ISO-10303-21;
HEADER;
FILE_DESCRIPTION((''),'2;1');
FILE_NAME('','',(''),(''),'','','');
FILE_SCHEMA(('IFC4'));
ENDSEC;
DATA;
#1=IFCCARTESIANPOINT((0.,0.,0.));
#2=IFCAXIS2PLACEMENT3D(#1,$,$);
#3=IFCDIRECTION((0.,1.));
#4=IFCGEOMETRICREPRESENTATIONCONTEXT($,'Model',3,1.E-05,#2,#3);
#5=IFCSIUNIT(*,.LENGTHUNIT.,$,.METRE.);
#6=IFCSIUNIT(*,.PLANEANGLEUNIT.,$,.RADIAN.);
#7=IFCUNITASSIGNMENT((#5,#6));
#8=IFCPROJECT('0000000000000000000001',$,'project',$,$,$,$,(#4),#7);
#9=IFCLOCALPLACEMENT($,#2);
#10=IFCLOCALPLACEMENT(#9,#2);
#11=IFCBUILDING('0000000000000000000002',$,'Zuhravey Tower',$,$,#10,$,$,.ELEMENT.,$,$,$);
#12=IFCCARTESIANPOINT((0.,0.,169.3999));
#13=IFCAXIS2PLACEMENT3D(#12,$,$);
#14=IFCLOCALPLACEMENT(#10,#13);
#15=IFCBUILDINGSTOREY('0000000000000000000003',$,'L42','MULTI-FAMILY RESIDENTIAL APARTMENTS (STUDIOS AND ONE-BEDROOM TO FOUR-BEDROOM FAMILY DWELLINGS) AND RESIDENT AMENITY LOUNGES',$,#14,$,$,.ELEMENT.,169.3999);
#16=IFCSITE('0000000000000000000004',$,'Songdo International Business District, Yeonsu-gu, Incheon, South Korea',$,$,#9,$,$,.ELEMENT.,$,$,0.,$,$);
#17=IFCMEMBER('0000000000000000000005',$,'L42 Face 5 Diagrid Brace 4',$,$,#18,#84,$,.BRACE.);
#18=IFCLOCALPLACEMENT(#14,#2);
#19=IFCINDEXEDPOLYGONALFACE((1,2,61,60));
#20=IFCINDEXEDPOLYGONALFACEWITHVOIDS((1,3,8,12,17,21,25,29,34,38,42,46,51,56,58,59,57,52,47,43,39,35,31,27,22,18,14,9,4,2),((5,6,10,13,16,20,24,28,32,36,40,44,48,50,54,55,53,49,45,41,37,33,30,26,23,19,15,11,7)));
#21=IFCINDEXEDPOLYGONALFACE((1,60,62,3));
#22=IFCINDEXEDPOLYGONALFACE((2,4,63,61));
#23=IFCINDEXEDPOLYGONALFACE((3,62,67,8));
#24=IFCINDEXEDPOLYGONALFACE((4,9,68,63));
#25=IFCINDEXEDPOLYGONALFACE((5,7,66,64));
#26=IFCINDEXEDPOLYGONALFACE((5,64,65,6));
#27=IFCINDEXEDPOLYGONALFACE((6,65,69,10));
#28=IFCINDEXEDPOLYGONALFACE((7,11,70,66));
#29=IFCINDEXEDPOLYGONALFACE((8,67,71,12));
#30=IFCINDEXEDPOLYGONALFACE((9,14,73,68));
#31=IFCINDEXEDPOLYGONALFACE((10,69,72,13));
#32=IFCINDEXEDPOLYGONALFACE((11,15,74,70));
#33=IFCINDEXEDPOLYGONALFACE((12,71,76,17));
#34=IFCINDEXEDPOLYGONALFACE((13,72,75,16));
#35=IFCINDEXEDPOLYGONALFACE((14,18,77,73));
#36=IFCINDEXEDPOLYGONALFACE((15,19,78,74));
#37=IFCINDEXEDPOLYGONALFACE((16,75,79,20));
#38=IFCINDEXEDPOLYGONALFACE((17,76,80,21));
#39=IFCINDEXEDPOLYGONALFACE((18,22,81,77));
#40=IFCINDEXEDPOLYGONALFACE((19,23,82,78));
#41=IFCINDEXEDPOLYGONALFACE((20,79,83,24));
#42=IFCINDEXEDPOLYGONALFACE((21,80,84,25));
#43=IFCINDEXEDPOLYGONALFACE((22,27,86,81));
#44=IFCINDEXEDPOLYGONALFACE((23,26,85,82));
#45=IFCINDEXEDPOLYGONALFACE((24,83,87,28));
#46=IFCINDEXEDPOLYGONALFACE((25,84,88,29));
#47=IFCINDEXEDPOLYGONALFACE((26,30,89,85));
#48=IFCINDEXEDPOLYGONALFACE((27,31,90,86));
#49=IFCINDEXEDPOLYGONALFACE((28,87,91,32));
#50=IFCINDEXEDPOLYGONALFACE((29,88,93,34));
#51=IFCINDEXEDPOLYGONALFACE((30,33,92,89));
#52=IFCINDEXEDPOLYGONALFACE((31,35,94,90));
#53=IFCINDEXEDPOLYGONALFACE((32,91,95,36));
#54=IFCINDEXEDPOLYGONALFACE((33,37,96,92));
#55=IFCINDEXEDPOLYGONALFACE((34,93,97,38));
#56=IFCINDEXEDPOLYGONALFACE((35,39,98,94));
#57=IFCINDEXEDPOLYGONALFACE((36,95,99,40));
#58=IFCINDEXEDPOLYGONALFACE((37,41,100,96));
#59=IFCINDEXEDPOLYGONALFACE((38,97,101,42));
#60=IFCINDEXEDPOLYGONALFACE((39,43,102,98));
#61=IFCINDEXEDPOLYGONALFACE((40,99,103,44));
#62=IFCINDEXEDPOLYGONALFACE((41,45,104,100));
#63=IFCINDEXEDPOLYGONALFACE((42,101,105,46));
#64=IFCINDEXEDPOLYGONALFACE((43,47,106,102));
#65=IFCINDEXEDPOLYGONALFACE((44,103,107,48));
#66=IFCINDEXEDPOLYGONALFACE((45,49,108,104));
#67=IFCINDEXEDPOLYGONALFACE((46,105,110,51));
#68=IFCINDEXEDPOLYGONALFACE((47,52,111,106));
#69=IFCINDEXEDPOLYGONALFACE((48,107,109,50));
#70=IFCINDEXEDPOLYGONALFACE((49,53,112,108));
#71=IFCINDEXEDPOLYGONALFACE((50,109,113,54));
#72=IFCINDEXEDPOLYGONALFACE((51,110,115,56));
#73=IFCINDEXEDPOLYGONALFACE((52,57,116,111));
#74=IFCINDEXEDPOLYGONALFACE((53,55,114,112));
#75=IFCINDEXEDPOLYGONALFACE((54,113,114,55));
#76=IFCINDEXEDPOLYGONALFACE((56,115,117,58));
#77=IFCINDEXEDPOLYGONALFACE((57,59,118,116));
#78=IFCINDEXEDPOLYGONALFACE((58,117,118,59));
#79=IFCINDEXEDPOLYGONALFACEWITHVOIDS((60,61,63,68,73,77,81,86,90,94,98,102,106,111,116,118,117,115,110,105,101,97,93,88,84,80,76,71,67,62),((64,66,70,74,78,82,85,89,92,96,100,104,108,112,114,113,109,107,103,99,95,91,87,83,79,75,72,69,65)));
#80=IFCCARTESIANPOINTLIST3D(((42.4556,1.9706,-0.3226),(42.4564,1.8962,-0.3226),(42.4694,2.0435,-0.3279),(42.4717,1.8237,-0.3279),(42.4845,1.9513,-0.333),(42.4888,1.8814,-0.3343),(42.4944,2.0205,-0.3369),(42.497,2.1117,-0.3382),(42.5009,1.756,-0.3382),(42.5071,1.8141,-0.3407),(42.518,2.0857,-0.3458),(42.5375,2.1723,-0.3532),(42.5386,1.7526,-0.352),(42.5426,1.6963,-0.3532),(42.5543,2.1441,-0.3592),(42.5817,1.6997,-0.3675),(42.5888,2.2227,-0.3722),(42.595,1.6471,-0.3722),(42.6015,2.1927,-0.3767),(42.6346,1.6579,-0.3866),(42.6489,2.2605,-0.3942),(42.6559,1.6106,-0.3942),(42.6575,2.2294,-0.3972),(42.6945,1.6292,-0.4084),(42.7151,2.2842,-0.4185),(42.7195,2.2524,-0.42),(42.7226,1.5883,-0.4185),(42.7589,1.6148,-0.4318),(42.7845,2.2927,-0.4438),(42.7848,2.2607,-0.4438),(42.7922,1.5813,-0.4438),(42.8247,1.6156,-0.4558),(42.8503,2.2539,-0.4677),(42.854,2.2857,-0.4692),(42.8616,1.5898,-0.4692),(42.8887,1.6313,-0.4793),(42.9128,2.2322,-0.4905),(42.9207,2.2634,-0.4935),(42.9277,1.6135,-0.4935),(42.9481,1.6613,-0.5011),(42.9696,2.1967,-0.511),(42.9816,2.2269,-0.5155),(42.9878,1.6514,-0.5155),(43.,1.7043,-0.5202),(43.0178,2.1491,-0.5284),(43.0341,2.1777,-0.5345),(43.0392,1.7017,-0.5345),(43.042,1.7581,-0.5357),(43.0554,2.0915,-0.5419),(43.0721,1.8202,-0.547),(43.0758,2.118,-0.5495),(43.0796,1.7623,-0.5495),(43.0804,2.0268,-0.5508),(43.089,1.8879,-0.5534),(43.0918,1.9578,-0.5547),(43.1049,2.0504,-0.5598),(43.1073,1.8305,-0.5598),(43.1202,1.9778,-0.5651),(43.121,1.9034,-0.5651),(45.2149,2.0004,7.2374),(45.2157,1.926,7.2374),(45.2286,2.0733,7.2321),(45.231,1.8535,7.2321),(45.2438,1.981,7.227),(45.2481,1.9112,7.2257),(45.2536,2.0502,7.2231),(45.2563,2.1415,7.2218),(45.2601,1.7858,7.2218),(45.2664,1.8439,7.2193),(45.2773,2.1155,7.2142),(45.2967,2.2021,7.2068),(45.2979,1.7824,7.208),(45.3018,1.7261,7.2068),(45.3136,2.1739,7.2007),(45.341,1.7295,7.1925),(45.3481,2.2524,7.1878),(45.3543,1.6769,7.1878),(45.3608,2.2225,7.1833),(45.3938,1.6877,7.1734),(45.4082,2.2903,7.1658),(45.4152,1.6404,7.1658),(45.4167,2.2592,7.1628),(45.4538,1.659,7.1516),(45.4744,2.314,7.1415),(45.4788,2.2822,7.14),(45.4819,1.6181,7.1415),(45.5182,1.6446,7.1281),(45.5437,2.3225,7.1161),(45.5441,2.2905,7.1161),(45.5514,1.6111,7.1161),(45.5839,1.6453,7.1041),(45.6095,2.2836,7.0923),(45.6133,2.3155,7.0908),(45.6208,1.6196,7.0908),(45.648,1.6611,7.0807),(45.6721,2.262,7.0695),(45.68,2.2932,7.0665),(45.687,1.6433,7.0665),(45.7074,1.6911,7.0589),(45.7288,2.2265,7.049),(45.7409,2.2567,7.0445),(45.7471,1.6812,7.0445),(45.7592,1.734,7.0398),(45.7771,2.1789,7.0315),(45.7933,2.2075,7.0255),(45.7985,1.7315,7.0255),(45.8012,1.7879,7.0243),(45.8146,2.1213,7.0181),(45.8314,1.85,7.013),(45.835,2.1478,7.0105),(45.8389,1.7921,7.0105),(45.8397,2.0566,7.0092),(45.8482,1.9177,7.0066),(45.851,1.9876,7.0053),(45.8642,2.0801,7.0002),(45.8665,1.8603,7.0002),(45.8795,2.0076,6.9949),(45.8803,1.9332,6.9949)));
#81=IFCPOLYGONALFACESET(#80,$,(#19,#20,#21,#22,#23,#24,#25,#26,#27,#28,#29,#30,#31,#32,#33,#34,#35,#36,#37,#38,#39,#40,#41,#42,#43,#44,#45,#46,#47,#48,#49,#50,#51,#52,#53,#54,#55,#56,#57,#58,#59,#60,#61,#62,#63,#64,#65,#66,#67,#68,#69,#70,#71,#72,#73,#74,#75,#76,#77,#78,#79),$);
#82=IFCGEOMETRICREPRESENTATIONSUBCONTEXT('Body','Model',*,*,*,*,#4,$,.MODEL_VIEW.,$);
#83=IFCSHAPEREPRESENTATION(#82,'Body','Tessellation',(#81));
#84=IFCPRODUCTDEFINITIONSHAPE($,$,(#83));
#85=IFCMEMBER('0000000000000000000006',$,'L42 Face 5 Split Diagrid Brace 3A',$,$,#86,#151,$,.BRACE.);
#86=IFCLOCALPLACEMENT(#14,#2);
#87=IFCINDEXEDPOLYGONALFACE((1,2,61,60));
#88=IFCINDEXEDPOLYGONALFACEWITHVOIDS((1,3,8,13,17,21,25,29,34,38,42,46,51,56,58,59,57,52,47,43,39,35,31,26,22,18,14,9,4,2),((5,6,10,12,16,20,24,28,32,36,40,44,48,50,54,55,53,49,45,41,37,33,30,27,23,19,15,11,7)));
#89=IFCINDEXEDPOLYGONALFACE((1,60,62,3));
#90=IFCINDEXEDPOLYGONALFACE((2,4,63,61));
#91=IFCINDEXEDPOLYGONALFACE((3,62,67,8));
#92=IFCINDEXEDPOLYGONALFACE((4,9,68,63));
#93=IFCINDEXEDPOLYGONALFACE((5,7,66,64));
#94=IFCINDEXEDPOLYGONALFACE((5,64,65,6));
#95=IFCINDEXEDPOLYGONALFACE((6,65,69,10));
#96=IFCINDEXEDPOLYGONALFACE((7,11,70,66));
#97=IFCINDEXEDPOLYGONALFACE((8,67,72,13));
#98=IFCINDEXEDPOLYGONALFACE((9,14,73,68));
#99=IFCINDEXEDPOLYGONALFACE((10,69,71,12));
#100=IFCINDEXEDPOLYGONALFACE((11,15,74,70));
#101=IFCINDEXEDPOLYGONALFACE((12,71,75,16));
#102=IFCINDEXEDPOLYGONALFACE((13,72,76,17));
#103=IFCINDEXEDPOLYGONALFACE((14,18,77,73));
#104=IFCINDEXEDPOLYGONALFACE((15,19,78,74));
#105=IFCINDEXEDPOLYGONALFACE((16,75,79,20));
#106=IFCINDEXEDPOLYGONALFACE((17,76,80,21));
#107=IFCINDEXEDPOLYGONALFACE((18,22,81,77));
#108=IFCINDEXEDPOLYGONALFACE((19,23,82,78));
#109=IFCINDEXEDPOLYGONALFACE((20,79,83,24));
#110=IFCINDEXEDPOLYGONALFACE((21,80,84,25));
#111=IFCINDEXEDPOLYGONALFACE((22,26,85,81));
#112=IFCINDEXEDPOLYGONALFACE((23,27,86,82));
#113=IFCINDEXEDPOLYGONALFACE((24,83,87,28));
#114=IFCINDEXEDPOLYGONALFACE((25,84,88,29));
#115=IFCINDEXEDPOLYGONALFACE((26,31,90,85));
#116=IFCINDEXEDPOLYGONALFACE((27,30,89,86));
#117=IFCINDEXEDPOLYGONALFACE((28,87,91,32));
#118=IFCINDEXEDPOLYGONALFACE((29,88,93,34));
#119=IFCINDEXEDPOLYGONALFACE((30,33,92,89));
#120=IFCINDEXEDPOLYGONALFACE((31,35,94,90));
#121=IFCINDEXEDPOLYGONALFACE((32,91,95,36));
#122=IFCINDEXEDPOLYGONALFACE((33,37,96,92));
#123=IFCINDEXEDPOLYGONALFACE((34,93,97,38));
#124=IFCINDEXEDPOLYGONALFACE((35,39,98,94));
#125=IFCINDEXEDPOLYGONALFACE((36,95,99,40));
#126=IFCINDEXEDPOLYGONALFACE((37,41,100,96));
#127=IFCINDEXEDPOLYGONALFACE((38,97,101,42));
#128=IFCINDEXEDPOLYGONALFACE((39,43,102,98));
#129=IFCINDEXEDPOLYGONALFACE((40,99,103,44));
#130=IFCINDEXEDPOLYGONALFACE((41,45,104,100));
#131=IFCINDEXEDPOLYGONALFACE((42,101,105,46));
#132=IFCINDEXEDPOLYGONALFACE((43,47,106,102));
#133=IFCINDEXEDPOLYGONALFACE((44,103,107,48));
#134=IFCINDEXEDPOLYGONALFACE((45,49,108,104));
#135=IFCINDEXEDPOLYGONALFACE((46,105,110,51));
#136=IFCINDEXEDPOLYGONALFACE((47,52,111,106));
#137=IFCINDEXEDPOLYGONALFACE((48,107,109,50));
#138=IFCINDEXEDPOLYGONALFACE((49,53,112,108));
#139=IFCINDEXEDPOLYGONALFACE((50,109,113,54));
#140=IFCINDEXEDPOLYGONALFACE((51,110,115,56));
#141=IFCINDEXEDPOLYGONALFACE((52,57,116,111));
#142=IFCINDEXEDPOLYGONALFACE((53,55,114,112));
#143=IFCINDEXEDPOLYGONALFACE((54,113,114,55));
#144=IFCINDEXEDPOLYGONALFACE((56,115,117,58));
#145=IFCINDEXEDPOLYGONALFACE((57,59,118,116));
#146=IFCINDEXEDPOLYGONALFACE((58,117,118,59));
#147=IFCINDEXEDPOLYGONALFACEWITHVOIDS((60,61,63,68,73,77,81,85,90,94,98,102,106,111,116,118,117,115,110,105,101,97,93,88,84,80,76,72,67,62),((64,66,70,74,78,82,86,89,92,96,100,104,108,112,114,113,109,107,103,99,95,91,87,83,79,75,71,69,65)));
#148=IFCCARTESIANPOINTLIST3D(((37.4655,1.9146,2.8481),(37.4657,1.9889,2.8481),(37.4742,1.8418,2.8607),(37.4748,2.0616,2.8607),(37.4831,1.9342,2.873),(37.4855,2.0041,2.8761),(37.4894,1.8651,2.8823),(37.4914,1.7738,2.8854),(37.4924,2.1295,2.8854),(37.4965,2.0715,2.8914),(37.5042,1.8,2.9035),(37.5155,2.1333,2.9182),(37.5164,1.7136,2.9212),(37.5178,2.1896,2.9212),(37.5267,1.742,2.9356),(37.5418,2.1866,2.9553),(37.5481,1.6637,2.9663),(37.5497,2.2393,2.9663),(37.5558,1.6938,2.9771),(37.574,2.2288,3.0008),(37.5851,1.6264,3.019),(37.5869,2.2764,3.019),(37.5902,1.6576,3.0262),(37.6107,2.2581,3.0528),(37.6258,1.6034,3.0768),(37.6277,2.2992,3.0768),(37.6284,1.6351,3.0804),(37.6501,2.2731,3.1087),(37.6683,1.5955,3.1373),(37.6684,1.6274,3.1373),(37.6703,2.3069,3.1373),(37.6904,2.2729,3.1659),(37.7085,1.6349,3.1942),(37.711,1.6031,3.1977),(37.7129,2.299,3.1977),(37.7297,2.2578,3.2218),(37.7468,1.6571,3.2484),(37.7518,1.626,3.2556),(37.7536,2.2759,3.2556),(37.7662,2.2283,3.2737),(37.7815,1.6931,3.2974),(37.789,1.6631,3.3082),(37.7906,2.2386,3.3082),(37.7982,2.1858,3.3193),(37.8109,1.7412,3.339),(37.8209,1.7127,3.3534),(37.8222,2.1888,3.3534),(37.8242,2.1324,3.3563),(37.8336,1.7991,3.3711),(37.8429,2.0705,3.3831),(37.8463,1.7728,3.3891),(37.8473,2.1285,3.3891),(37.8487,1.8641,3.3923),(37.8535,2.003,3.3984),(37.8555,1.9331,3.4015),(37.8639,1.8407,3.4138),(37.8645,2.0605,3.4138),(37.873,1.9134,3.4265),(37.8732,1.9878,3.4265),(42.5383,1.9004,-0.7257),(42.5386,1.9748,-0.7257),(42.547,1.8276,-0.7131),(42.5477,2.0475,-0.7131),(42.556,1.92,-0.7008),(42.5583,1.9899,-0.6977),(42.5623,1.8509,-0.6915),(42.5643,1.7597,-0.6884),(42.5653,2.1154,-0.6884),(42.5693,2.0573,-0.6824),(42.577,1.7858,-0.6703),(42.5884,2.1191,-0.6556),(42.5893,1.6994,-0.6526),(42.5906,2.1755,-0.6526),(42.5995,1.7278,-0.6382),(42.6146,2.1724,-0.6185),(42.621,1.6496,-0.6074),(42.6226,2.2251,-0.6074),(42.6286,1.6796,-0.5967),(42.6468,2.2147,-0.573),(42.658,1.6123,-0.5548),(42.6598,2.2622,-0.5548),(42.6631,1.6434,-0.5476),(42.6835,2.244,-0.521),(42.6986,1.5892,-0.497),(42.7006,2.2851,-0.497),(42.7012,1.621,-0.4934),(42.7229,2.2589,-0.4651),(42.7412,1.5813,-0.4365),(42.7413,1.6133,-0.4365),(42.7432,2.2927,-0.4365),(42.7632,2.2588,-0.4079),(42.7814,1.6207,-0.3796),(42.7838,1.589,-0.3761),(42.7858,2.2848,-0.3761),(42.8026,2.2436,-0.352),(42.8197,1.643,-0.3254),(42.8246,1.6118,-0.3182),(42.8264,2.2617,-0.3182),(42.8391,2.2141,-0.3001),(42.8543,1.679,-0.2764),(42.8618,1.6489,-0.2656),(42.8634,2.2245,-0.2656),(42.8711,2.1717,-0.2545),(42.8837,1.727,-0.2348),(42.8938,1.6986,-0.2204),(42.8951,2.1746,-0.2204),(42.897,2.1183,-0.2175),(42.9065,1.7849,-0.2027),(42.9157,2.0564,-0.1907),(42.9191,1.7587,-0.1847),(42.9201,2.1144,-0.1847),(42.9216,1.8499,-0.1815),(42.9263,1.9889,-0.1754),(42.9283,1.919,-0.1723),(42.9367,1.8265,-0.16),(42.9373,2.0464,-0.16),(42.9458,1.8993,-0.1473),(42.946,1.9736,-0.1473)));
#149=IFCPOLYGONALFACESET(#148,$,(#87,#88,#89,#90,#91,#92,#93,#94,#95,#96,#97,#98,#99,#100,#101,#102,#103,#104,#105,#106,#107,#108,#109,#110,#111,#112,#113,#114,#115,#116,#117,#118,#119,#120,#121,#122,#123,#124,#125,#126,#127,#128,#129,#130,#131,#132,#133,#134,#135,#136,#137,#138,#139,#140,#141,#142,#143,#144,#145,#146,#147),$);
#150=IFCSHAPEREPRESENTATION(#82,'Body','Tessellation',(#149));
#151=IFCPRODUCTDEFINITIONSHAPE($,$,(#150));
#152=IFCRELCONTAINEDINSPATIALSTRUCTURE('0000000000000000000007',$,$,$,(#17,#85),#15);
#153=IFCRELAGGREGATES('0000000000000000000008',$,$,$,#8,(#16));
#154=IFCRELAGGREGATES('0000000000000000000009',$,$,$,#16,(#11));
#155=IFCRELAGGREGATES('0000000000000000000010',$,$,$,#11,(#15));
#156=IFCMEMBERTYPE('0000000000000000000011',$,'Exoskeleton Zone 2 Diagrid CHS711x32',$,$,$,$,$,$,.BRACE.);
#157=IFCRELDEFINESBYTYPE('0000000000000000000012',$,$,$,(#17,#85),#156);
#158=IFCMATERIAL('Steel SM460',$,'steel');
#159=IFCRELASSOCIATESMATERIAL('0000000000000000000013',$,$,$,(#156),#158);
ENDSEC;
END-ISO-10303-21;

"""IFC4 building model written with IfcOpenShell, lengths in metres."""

from ifc_helpers import new_model, si_unit, direction, frame, origin, origin_2d, place, context, subcontext, project, spatial, hollow_circle, extrude, material, material_profile, profile_set, type_object, element, save


model = new_model("IFC4")

# Units and contexts
model_context = context("Model", 3, precision=1e-05, world=origin(), true_north=direction((0.0, 1.0)))
body_context = subcontext(model_context, "Body", "Model", "MODEL_VIEW")
ifc_project = project(units=[si_unit("LENGTHUNIT", "METRE"), si_unit("PLANEANGLEUNIT", "RADIAN")], contexts=[model_context])

# Site, building, storey
site_placement = place(None, origin())
site = spatial("IfcSite", under=ifc_project, at=site_placement, Name="Songdo International Business District, Yeonsu-gu, Incheon, South Korea", CompositionType="ELEMENT", RefElevation=0.0)
building_placement = place(site_placement, origin())
building = spatial("IfcBuilding", under=site, at=building_placement, Name="Zuhravey Tower", CompositionType="ELEMENT")
storey_placement = place(building_placement, frame((0.0, 0.0, 169.3999)))
storey = spatial("IfcBuildingStorey", under=building, at=storey_placement, Name="L42", Description="MULTI-FAMILY RESIDENTIAL APARTMENTS (STUDIOS AND ONE-BEDROOM TO FOUR-BEDROOM FAMILY DWELLINGS) AND RESIDENT AMENITY LOUNGES", CompositionType="ELEMENT", Elevation=169.3999)

# Members
ifc_material_1 = material(Name="Steel SM460", Category="steel")
ifc_material_profile_1 = material_profile(ifc_material_1, hollow_circle(Radius=0.3557, WallThickness=0.032, at=origin_2d()), Name="CHS-711.2x32")
ifc_profile_set_1 = profile_set([ifc_material_profile_1], Name="Steel SM460")
member_type_1 = type_object("IfcMemberType", Name="Exoskeleton Zone 2 Diagrid CHS711x32", PredefinedType="BRACE", material=ifc_profile_set_1)
member_1_placement = place(storey_placement, frame((42.7883, 1.937, -0.4438), z_axis=(0.342856, 0.003701, 0.939381), x_axis=(-0.010794, 0.999942, 0.0)))
element("IfcMember", 1, at=member_1_placement, inside=storey, type_object=member_type_1, Name="L42 Face 5 Diagrid Brace 4", PredefinedType="BRACE", context=body_context, shape_type="SweptSolid", body=[
    extrude(hollow_circle(Radius=0.3557, WallThickness=0.032, at=origin_2d()), origin(), (0.0, 0.0, 1.0), 8.0479),
])
member_2_placement = place(storey_placement, frame((42.7422, 1.937, -0.4365), z_axis=(-0.8175, 0.002282, 0.575925), x_axis=(-0.002791, -0.999996, 0.0)))
element("IfcMember", 2, at=member_2_placement, inside=storey, type_object=member_type_1, Name="L42 Face 5 Split Diagrid Brace 3A", PredefinedType="BRACE", context=body_context, shape_type="SweptSolid", body=[
    extrude(hollow_circle(Radius=0.3557, WallThickness=0.032, at=origin_2d()), origin(), (0.0, 0.0, 1.0), 6.2053),
])

save(model, "model.ifc")
